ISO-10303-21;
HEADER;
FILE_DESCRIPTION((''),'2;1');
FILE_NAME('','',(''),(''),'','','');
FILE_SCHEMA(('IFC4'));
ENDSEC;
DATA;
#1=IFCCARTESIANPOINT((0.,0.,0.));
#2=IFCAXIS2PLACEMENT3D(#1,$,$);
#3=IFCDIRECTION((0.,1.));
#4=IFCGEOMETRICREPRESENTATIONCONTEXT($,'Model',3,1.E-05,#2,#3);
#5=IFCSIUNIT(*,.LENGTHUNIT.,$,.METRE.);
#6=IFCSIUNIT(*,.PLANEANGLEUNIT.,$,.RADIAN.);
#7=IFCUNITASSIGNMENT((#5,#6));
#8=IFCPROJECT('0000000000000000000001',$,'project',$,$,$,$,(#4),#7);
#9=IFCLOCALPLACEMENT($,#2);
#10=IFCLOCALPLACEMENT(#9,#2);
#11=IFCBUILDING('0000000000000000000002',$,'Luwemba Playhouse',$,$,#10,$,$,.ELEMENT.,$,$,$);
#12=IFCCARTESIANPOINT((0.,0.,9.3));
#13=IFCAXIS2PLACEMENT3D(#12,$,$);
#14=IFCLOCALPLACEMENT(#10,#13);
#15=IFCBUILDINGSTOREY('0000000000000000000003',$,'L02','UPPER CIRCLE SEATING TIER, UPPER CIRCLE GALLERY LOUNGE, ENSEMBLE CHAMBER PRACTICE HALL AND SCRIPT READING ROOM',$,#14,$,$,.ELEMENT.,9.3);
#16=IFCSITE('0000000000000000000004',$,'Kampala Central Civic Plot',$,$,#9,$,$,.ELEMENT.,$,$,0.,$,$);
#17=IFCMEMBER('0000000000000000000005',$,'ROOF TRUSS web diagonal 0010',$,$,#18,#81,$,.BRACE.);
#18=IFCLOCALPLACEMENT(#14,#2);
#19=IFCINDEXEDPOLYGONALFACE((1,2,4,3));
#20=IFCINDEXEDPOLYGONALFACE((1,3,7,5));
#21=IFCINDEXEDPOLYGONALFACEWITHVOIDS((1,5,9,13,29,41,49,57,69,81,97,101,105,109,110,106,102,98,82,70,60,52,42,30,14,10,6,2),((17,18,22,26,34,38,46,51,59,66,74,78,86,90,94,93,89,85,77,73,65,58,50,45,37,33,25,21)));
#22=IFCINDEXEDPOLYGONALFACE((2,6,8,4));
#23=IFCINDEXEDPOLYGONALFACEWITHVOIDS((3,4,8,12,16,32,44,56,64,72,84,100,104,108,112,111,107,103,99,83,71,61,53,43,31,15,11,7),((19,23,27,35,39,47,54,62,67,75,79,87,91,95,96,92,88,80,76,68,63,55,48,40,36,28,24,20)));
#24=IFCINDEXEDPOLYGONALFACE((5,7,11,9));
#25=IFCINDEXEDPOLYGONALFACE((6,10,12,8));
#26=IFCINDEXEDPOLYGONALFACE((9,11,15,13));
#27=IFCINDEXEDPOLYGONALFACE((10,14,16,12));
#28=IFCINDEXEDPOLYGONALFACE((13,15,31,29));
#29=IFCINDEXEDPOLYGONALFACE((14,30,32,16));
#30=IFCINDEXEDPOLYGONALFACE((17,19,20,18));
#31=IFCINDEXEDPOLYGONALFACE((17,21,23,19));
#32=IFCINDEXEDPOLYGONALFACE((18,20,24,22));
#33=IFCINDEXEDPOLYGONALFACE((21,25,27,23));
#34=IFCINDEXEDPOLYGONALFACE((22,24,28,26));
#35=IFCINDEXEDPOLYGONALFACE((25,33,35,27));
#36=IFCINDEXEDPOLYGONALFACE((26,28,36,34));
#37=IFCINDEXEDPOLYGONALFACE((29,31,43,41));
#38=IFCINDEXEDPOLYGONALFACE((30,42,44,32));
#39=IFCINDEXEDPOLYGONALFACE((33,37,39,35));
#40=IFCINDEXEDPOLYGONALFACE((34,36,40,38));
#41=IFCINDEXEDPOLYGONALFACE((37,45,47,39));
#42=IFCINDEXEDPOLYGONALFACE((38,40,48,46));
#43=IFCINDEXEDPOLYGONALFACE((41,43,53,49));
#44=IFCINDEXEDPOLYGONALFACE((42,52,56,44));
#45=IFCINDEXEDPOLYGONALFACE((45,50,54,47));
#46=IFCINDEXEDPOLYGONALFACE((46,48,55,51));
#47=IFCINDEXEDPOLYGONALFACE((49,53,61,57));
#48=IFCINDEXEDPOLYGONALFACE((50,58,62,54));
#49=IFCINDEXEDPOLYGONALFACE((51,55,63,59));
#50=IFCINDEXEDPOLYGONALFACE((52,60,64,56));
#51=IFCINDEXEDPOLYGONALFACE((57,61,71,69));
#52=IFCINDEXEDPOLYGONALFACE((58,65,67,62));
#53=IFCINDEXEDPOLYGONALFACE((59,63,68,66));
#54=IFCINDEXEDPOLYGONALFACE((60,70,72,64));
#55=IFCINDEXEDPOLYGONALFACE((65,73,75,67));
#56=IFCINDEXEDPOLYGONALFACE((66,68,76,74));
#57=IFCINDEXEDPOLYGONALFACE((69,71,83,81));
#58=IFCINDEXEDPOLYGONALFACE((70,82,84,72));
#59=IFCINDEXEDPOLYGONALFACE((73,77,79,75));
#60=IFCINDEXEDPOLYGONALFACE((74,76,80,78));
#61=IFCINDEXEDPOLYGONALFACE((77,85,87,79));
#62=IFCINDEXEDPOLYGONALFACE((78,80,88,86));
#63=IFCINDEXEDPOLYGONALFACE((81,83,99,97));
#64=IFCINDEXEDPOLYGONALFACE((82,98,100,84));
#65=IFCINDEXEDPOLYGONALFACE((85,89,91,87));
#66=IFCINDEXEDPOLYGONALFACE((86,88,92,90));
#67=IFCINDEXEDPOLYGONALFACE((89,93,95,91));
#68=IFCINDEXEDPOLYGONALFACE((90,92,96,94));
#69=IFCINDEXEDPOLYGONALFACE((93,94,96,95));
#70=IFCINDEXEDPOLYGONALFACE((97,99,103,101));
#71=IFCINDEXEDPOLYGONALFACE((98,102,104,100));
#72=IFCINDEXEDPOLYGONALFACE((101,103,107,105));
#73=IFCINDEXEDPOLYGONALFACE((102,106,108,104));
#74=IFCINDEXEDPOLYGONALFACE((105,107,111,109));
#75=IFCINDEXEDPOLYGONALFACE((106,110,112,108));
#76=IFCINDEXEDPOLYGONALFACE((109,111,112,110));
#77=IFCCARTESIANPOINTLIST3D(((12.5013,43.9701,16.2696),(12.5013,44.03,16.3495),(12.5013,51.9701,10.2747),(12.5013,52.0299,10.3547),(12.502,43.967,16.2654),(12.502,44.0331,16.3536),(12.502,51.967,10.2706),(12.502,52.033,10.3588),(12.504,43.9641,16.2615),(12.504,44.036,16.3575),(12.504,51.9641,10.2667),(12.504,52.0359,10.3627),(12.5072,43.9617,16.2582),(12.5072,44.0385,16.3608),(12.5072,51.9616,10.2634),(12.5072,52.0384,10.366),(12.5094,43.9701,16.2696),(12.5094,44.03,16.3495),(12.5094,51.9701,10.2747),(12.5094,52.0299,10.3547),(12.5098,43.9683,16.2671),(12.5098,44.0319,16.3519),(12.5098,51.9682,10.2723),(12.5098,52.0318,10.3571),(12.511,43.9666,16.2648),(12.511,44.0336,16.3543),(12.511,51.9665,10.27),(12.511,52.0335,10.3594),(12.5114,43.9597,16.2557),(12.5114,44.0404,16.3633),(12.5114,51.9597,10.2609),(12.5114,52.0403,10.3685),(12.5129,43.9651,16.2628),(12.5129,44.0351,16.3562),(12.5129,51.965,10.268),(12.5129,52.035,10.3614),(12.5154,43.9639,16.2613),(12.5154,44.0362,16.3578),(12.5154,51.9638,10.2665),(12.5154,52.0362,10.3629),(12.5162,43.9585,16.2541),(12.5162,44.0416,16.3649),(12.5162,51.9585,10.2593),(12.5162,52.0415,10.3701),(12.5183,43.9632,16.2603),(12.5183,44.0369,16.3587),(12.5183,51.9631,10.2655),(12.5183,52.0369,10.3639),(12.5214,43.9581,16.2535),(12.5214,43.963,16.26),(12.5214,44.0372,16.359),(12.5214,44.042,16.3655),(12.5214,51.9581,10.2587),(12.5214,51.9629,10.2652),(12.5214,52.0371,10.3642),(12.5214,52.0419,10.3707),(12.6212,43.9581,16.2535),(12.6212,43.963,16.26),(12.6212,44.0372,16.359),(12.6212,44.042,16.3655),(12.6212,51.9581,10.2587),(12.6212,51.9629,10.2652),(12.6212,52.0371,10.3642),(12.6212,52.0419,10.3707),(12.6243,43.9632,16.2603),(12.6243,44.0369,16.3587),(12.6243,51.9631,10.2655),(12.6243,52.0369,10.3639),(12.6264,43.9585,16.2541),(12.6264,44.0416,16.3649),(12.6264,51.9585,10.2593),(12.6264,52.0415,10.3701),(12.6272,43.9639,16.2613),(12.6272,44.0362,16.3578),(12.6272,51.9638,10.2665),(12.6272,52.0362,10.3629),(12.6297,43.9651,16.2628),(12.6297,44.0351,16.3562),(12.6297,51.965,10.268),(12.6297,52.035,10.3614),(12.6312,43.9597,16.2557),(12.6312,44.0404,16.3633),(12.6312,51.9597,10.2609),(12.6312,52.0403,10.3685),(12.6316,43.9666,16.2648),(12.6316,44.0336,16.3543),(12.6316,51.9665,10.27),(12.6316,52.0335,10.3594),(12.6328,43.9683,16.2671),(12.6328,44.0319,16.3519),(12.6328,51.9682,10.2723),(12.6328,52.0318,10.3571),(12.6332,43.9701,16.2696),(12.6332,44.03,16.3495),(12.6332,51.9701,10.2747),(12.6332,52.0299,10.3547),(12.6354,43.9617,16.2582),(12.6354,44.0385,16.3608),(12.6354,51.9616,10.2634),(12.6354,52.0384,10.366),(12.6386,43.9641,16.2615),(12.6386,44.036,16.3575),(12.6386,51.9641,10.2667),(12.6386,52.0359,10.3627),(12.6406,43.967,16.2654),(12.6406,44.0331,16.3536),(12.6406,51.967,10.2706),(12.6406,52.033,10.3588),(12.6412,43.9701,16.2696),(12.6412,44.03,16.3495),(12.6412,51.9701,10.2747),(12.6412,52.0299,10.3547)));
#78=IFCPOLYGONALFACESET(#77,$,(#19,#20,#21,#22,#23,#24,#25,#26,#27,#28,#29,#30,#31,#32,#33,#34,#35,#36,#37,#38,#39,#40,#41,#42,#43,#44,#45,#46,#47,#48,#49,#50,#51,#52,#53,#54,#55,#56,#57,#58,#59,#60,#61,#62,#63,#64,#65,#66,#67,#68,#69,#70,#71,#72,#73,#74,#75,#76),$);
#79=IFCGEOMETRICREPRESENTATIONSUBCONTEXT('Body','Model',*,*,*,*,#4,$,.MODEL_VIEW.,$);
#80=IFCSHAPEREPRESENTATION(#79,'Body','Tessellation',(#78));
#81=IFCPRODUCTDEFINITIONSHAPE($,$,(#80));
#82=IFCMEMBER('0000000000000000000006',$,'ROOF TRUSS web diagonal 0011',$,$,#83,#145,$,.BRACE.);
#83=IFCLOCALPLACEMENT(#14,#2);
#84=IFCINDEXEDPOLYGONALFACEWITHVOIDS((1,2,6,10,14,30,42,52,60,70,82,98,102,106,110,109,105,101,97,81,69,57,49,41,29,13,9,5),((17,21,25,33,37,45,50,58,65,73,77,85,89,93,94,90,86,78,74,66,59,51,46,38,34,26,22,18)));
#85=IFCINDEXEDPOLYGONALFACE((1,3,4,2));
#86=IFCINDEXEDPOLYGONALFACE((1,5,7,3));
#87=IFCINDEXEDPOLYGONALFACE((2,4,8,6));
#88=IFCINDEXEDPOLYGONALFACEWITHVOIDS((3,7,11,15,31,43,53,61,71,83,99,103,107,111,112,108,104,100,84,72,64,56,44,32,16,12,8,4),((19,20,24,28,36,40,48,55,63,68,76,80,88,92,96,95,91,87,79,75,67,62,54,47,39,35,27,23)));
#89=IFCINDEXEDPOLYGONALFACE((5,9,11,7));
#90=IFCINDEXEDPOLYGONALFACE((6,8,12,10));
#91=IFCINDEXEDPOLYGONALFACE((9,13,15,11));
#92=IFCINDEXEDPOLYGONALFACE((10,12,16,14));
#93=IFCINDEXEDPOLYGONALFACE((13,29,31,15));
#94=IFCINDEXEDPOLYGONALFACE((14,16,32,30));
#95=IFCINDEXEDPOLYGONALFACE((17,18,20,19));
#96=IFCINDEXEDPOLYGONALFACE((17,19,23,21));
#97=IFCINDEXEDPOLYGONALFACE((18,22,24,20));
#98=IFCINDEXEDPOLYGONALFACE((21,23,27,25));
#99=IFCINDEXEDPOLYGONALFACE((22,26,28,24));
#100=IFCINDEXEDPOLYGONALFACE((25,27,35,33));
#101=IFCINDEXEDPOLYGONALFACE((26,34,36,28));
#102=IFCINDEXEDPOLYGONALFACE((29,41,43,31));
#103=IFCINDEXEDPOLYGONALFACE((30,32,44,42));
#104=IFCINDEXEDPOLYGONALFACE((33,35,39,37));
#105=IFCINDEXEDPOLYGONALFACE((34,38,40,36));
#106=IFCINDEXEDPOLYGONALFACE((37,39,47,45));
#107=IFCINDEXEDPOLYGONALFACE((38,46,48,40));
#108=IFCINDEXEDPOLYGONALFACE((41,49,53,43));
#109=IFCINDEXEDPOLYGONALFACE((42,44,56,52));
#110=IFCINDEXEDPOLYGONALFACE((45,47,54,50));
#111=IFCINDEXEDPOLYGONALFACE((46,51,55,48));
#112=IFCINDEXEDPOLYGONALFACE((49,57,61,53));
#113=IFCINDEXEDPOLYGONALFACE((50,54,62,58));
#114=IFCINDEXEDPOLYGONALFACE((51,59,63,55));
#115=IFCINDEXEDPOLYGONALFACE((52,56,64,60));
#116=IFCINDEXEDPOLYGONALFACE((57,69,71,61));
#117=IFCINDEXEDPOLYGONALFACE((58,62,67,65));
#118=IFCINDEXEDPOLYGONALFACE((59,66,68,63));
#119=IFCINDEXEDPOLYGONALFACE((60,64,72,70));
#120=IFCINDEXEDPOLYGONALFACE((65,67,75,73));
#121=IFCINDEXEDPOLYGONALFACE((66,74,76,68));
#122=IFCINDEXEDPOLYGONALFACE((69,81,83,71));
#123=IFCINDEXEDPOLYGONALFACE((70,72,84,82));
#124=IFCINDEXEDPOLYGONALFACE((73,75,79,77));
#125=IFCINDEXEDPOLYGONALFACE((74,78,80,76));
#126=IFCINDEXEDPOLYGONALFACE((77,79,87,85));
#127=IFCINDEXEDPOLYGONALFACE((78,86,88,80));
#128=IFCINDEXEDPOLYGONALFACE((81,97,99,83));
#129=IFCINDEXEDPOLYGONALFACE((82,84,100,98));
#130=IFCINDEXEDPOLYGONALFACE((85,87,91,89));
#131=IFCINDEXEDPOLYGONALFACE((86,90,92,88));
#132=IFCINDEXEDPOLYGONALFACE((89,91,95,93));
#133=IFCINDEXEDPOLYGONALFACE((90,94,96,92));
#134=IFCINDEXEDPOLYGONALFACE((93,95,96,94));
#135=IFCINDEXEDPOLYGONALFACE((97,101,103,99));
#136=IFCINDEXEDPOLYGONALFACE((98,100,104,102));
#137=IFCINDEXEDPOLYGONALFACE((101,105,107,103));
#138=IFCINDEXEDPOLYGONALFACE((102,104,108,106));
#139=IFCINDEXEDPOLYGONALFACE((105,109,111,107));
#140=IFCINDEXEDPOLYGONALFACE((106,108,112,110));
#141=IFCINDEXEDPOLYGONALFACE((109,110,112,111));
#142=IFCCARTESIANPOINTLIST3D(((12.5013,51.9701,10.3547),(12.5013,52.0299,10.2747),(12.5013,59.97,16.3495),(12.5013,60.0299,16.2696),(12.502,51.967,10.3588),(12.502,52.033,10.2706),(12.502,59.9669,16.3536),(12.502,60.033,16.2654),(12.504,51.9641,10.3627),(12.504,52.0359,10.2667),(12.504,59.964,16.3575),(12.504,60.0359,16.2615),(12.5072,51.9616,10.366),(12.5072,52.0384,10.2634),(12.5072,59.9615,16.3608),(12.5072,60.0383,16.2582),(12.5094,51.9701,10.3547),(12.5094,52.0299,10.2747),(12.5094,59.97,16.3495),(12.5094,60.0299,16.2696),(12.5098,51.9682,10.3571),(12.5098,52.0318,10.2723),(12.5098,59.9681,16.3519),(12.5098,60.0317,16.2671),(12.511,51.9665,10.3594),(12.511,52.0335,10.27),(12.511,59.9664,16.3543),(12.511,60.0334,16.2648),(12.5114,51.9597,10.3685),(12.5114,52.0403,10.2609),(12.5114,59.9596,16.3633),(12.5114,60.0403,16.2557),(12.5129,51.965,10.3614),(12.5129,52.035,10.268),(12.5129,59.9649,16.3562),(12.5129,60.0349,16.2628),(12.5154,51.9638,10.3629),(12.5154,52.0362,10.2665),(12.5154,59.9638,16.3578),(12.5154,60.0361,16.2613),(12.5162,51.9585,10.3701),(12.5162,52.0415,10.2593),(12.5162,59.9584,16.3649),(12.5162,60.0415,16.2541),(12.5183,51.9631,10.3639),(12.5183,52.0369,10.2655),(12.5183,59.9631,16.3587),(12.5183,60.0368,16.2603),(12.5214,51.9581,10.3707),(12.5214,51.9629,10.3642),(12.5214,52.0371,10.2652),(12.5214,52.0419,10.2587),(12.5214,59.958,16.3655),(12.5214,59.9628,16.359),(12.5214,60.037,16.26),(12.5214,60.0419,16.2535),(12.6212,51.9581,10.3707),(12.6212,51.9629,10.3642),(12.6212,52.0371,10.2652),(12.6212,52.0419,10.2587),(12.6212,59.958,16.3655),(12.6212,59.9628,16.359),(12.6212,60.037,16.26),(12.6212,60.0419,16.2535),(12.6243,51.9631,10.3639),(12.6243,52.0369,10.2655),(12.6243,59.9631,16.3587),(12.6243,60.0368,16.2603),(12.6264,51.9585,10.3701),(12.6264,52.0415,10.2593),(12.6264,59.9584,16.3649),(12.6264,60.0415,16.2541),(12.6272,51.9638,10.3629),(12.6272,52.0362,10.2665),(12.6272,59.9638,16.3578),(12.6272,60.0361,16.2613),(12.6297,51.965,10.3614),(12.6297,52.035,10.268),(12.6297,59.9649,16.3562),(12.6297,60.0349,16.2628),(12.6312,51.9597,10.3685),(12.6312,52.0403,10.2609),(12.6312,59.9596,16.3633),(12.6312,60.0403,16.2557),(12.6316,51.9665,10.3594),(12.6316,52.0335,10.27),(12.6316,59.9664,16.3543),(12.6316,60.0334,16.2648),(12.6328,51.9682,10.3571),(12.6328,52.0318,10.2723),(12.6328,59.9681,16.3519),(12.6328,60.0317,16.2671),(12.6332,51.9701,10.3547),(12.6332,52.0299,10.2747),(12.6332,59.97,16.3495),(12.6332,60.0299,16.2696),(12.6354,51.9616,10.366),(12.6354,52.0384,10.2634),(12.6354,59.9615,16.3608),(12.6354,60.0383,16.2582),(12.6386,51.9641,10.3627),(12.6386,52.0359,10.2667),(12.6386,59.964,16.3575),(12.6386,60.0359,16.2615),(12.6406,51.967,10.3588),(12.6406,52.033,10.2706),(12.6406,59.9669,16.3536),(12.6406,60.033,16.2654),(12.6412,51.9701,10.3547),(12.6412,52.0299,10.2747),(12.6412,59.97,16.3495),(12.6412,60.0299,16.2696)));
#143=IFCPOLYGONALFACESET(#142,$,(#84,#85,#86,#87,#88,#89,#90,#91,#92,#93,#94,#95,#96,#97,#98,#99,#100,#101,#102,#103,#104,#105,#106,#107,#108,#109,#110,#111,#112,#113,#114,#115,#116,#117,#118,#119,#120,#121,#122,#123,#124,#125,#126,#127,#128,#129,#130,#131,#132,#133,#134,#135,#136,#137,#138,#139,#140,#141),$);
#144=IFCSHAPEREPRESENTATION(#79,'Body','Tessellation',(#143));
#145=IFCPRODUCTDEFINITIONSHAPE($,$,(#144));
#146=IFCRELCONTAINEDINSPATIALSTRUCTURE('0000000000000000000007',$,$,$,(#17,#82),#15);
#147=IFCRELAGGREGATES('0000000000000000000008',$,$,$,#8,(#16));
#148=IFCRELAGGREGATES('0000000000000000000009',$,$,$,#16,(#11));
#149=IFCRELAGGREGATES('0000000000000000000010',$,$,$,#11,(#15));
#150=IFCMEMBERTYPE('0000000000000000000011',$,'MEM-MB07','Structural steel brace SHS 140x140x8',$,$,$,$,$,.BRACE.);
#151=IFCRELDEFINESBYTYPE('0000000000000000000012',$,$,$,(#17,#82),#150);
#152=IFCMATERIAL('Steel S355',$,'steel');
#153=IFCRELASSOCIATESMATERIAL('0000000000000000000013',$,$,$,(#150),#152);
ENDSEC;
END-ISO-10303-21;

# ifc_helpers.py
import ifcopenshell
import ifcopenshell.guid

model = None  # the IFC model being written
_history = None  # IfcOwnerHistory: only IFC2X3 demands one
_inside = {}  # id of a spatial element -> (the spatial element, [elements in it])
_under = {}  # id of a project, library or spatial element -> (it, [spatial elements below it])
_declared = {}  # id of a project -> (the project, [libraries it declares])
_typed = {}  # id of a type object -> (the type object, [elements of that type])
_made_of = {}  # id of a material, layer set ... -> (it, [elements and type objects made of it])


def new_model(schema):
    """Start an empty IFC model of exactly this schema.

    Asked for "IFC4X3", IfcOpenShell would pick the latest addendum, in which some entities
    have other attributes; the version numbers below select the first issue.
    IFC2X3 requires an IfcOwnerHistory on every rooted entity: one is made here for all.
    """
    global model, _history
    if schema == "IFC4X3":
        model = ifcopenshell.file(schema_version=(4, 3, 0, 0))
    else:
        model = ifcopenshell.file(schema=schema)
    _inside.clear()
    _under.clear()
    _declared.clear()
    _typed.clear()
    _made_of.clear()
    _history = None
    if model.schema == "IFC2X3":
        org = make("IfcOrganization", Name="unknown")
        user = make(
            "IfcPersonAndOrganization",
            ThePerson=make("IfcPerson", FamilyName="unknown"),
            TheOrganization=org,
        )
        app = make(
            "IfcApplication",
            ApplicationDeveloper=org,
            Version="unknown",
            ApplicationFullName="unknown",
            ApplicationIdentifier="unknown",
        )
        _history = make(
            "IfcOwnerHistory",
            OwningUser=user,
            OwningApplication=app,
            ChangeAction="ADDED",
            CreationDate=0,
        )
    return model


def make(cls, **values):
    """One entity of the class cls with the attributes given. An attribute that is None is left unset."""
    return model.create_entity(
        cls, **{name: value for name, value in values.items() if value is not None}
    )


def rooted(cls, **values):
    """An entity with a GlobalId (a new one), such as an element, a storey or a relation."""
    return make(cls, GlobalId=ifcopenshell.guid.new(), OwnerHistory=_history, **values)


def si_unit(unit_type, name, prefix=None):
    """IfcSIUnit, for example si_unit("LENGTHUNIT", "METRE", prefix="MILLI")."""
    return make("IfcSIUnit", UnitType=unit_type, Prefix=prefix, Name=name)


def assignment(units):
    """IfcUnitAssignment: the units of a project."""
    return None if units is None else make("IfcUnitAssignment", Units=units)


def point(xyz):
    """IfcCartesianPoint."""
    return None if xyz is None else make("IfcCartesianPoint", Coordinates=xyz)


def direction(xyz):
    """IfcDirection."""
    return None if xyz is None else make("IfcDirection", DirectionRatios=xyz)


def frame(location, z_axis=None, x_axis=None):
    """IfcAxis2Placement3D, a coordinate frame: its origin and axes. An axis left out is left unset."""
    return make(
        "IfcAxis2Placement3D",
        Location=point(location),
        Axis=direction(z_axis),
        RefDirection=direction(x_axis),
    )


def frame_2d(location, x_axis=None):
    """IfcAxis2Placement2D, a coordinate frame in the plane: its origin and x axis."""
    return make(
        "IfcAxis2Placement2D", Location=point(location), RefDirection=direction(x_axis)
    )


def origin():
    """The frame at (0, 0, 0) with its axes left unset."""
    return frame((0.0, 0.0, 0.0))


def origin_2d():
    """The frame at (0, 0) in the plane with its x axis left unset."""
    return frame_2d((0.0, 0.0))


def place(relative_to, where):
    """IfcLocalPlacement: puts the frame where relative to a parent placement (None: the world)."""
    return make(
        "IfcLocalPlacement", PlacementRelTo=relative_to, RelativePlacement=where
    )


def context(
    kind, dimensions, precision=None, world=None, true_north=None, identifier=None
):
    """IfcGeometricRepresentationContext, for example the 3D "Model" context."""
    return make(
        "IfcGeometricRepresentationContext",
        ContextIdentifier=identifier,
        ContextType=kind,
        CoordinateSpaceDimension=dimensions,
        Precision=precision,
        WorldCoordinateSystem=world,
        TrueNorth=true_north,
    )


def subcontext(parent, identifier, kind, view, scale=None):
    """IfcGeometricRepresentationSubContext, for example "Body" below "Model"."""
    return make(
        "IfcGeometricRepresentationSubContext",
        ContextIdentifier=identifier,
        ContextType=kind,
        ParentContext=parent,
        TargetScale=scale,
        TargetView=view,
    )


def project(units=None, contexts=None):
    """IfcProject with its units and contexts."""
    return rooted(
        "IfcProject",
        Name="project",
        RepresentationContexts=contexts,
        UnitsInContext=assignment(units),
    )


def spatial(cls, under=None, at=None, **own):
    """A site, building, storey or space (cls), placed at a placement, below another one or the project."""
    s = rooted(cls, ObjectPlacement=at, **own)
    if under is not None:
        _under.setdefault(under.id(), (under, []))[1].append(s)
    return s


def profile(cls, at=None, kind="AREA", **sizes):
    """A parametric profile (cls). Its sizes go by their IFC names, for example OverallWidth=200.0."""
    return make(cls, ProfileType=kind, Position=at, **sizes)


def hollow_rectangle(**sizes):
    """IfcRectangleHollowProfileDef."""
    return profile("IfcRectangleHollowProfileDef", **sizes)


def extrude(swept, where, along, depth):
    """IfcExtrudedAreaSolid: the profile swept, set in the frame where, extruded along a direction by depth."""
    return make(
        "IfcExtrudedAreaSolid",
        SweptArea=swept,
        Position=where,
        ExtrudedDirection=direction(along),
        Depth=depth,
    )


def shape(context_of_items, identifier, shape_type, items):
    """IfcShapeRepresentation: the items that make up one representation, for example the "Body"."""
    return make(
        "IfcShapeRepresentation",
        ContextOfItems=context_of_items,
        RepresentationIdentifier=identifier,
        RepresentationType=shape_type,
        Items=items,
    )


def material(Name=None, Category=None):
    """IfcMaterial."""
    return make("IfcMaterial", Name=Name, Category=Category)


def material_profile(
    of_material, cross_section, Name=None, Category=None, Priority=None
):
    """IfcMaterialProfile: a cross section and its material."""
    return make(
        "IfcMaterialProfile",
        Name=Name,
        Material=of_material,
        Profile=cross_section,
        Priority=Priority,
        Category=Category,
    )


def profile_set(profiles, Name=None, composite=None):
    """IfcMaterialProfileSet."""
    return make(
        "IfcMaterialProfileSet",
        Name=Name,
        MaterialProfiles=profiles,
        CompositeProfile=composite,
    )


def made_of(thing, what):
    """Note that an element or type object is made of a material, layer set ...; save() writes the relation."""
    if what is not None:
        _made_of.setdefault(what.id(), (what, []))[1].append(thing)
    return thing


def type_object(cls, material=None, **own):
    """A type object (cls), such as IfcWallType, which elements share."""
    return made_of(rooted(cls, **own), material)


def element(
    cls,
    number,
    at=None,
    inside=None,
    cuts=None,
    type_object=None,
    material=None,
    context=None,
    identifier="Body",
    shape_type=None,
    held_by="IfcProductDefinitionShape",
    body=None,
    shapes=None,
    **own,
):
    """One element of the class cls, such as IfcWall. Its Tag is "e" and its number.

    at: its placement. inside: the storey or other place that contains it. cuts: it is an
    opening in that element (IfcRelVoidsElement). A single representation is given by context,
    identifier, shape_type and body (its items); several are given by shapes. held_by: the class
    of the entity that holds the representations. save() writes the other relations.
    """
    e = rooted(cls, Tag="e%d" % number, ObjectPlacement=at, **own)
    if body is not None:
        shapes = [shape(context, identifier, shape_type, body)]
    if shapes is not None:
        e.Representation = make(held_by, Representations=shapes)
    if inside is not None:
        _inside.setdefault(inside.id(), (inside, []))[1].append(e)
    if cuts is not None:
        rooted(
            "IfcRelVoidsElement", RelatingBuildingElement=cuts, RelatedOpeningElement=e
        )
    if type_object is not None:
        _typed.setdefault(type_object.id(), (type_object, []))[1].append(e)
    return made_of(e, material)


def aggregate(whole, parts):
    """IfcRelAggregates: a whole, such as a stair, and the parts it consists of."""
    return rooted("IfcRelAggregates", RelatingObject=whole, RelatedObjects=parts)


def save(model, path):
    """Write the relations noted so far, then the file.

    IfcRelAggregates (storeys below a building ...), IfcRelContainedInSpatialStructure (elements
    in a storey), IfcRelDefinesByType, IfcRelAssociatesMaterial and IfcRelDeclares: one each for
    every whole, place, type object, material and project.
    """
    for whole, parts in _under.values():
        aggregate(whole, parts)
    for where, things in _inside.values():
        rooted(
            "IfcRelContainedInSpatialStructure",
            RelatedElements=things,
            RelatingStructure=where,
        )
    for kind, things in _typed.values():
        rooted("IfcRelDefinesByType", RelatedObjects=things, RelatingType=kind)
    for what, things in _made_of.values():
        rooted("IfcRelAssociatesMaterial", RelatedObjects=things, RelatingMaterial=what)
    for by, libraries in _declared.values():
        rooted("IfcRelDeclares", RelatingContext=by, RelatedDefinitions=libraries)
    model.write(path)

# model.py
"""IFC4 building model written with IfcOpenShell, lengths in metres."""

from ifc_helpers import new_model, si_unit, direction, frame, origin, origin_2d, place, context, subcontext, project, spatial, hollow_rectangle, extrude, material, material_profile, profile_set, type_object, element, save


model = new_model("IFC4")

# Units and contexts
model_context = context("Model", 3, precision=1e-05, world=origin(), true_north=direction((0.0, 1.0)))
body_context = subcontext(model_context, "Body", "Model", "MODEL_VIEW")
ifc_project = project(units=[si_unit("LENGTHUNIT", "METRE"), si_unit("PLANEANGLEUNIT", "RADIAN")], contexts=[model_context])

# Site, building, storey
site_placement = place(None, origin())
site = spatial("IfcSite", under=ifc_project, at=site_placement, Name="Kampala Central Civic Plot", CompositionType="ELEMENT", RefElevation=0.0)
building_placement = place(site_placement, origin())
building = spatial("IfcBuilding", under=site, at=building_placement, Name="Luwemba Playhouse", CompositionType="ELEMENT")
storey_placement = place(building_placement, frame((0.0, 0.0, 9.3)))
storey = spatial("IfcBuildingStorey", under=building, at=storey_placement, Name="L02", Description="UPPER CIRCLE SEATING TIER, UPPER CIRCLE GALLERY LOUNGE, ENSEMBLE CHAMBER PRACTICE HALL AND SCRIPT READING ROOM", CompositionType="ELEMENT", Elevation=9.3)

# Shared definitions
ifc_material_1 = material(Name="Steel S355", Category="steel")

# Members
ifc_material_profile_1 = material_profile(ifc_material_1, hollow_rectangle(XDim=0.1399, YDim=0.1399, WallThickness=0.0081, InnerFilletRadius=0.012, OuterFilletRadius=0.02, at=origin_2d()))
ifc_profile_set_1 = profile_set([ifc_material_profile_1], Name="Steel S355")
member_type_1 = type_object("IfcMemberType", Name="MEM-MB07", Description="Structural steel brace SHS 140x140x8", PredefinedType="BRACE", material=ifc_profile_set_1)
for number, where, z_axis, x_axis, name in (
    (1, (12.5713, 52.0, 10.3147), (0.0, -0.800246, 0.599672), (1.0, 0.0, 0.0), "ROOF TRUSS web diagonal 0010"),
    (2, (12.5713, 52.0, 10.3147), (0.0, 0.800246, 0.599672), (-1.0, 0.0, 0.0), "ROOF TRUSS web diagonal 0011"),
):
    element("IfcMember", number, at=place(storey_placement, frame(where, z_axis=z_axis, x_axis=x_axis)), inside=storey, type_object=member_type_1, Name=name, PredefinedType="BRACE", context=body_context, shape_type="SweptSolid", body=[
        extrude(hollow_rectangle(XDim=0.1399, YDim=0.1399, WallThickness=0.0081, InnerFilletRadius=0.012, OuterFilletRadius=0.02, at=origin_2d()), origin(), (0.0, 0.0, 1.0), 9.9968),
    ])

save(model, "model.ifc")
